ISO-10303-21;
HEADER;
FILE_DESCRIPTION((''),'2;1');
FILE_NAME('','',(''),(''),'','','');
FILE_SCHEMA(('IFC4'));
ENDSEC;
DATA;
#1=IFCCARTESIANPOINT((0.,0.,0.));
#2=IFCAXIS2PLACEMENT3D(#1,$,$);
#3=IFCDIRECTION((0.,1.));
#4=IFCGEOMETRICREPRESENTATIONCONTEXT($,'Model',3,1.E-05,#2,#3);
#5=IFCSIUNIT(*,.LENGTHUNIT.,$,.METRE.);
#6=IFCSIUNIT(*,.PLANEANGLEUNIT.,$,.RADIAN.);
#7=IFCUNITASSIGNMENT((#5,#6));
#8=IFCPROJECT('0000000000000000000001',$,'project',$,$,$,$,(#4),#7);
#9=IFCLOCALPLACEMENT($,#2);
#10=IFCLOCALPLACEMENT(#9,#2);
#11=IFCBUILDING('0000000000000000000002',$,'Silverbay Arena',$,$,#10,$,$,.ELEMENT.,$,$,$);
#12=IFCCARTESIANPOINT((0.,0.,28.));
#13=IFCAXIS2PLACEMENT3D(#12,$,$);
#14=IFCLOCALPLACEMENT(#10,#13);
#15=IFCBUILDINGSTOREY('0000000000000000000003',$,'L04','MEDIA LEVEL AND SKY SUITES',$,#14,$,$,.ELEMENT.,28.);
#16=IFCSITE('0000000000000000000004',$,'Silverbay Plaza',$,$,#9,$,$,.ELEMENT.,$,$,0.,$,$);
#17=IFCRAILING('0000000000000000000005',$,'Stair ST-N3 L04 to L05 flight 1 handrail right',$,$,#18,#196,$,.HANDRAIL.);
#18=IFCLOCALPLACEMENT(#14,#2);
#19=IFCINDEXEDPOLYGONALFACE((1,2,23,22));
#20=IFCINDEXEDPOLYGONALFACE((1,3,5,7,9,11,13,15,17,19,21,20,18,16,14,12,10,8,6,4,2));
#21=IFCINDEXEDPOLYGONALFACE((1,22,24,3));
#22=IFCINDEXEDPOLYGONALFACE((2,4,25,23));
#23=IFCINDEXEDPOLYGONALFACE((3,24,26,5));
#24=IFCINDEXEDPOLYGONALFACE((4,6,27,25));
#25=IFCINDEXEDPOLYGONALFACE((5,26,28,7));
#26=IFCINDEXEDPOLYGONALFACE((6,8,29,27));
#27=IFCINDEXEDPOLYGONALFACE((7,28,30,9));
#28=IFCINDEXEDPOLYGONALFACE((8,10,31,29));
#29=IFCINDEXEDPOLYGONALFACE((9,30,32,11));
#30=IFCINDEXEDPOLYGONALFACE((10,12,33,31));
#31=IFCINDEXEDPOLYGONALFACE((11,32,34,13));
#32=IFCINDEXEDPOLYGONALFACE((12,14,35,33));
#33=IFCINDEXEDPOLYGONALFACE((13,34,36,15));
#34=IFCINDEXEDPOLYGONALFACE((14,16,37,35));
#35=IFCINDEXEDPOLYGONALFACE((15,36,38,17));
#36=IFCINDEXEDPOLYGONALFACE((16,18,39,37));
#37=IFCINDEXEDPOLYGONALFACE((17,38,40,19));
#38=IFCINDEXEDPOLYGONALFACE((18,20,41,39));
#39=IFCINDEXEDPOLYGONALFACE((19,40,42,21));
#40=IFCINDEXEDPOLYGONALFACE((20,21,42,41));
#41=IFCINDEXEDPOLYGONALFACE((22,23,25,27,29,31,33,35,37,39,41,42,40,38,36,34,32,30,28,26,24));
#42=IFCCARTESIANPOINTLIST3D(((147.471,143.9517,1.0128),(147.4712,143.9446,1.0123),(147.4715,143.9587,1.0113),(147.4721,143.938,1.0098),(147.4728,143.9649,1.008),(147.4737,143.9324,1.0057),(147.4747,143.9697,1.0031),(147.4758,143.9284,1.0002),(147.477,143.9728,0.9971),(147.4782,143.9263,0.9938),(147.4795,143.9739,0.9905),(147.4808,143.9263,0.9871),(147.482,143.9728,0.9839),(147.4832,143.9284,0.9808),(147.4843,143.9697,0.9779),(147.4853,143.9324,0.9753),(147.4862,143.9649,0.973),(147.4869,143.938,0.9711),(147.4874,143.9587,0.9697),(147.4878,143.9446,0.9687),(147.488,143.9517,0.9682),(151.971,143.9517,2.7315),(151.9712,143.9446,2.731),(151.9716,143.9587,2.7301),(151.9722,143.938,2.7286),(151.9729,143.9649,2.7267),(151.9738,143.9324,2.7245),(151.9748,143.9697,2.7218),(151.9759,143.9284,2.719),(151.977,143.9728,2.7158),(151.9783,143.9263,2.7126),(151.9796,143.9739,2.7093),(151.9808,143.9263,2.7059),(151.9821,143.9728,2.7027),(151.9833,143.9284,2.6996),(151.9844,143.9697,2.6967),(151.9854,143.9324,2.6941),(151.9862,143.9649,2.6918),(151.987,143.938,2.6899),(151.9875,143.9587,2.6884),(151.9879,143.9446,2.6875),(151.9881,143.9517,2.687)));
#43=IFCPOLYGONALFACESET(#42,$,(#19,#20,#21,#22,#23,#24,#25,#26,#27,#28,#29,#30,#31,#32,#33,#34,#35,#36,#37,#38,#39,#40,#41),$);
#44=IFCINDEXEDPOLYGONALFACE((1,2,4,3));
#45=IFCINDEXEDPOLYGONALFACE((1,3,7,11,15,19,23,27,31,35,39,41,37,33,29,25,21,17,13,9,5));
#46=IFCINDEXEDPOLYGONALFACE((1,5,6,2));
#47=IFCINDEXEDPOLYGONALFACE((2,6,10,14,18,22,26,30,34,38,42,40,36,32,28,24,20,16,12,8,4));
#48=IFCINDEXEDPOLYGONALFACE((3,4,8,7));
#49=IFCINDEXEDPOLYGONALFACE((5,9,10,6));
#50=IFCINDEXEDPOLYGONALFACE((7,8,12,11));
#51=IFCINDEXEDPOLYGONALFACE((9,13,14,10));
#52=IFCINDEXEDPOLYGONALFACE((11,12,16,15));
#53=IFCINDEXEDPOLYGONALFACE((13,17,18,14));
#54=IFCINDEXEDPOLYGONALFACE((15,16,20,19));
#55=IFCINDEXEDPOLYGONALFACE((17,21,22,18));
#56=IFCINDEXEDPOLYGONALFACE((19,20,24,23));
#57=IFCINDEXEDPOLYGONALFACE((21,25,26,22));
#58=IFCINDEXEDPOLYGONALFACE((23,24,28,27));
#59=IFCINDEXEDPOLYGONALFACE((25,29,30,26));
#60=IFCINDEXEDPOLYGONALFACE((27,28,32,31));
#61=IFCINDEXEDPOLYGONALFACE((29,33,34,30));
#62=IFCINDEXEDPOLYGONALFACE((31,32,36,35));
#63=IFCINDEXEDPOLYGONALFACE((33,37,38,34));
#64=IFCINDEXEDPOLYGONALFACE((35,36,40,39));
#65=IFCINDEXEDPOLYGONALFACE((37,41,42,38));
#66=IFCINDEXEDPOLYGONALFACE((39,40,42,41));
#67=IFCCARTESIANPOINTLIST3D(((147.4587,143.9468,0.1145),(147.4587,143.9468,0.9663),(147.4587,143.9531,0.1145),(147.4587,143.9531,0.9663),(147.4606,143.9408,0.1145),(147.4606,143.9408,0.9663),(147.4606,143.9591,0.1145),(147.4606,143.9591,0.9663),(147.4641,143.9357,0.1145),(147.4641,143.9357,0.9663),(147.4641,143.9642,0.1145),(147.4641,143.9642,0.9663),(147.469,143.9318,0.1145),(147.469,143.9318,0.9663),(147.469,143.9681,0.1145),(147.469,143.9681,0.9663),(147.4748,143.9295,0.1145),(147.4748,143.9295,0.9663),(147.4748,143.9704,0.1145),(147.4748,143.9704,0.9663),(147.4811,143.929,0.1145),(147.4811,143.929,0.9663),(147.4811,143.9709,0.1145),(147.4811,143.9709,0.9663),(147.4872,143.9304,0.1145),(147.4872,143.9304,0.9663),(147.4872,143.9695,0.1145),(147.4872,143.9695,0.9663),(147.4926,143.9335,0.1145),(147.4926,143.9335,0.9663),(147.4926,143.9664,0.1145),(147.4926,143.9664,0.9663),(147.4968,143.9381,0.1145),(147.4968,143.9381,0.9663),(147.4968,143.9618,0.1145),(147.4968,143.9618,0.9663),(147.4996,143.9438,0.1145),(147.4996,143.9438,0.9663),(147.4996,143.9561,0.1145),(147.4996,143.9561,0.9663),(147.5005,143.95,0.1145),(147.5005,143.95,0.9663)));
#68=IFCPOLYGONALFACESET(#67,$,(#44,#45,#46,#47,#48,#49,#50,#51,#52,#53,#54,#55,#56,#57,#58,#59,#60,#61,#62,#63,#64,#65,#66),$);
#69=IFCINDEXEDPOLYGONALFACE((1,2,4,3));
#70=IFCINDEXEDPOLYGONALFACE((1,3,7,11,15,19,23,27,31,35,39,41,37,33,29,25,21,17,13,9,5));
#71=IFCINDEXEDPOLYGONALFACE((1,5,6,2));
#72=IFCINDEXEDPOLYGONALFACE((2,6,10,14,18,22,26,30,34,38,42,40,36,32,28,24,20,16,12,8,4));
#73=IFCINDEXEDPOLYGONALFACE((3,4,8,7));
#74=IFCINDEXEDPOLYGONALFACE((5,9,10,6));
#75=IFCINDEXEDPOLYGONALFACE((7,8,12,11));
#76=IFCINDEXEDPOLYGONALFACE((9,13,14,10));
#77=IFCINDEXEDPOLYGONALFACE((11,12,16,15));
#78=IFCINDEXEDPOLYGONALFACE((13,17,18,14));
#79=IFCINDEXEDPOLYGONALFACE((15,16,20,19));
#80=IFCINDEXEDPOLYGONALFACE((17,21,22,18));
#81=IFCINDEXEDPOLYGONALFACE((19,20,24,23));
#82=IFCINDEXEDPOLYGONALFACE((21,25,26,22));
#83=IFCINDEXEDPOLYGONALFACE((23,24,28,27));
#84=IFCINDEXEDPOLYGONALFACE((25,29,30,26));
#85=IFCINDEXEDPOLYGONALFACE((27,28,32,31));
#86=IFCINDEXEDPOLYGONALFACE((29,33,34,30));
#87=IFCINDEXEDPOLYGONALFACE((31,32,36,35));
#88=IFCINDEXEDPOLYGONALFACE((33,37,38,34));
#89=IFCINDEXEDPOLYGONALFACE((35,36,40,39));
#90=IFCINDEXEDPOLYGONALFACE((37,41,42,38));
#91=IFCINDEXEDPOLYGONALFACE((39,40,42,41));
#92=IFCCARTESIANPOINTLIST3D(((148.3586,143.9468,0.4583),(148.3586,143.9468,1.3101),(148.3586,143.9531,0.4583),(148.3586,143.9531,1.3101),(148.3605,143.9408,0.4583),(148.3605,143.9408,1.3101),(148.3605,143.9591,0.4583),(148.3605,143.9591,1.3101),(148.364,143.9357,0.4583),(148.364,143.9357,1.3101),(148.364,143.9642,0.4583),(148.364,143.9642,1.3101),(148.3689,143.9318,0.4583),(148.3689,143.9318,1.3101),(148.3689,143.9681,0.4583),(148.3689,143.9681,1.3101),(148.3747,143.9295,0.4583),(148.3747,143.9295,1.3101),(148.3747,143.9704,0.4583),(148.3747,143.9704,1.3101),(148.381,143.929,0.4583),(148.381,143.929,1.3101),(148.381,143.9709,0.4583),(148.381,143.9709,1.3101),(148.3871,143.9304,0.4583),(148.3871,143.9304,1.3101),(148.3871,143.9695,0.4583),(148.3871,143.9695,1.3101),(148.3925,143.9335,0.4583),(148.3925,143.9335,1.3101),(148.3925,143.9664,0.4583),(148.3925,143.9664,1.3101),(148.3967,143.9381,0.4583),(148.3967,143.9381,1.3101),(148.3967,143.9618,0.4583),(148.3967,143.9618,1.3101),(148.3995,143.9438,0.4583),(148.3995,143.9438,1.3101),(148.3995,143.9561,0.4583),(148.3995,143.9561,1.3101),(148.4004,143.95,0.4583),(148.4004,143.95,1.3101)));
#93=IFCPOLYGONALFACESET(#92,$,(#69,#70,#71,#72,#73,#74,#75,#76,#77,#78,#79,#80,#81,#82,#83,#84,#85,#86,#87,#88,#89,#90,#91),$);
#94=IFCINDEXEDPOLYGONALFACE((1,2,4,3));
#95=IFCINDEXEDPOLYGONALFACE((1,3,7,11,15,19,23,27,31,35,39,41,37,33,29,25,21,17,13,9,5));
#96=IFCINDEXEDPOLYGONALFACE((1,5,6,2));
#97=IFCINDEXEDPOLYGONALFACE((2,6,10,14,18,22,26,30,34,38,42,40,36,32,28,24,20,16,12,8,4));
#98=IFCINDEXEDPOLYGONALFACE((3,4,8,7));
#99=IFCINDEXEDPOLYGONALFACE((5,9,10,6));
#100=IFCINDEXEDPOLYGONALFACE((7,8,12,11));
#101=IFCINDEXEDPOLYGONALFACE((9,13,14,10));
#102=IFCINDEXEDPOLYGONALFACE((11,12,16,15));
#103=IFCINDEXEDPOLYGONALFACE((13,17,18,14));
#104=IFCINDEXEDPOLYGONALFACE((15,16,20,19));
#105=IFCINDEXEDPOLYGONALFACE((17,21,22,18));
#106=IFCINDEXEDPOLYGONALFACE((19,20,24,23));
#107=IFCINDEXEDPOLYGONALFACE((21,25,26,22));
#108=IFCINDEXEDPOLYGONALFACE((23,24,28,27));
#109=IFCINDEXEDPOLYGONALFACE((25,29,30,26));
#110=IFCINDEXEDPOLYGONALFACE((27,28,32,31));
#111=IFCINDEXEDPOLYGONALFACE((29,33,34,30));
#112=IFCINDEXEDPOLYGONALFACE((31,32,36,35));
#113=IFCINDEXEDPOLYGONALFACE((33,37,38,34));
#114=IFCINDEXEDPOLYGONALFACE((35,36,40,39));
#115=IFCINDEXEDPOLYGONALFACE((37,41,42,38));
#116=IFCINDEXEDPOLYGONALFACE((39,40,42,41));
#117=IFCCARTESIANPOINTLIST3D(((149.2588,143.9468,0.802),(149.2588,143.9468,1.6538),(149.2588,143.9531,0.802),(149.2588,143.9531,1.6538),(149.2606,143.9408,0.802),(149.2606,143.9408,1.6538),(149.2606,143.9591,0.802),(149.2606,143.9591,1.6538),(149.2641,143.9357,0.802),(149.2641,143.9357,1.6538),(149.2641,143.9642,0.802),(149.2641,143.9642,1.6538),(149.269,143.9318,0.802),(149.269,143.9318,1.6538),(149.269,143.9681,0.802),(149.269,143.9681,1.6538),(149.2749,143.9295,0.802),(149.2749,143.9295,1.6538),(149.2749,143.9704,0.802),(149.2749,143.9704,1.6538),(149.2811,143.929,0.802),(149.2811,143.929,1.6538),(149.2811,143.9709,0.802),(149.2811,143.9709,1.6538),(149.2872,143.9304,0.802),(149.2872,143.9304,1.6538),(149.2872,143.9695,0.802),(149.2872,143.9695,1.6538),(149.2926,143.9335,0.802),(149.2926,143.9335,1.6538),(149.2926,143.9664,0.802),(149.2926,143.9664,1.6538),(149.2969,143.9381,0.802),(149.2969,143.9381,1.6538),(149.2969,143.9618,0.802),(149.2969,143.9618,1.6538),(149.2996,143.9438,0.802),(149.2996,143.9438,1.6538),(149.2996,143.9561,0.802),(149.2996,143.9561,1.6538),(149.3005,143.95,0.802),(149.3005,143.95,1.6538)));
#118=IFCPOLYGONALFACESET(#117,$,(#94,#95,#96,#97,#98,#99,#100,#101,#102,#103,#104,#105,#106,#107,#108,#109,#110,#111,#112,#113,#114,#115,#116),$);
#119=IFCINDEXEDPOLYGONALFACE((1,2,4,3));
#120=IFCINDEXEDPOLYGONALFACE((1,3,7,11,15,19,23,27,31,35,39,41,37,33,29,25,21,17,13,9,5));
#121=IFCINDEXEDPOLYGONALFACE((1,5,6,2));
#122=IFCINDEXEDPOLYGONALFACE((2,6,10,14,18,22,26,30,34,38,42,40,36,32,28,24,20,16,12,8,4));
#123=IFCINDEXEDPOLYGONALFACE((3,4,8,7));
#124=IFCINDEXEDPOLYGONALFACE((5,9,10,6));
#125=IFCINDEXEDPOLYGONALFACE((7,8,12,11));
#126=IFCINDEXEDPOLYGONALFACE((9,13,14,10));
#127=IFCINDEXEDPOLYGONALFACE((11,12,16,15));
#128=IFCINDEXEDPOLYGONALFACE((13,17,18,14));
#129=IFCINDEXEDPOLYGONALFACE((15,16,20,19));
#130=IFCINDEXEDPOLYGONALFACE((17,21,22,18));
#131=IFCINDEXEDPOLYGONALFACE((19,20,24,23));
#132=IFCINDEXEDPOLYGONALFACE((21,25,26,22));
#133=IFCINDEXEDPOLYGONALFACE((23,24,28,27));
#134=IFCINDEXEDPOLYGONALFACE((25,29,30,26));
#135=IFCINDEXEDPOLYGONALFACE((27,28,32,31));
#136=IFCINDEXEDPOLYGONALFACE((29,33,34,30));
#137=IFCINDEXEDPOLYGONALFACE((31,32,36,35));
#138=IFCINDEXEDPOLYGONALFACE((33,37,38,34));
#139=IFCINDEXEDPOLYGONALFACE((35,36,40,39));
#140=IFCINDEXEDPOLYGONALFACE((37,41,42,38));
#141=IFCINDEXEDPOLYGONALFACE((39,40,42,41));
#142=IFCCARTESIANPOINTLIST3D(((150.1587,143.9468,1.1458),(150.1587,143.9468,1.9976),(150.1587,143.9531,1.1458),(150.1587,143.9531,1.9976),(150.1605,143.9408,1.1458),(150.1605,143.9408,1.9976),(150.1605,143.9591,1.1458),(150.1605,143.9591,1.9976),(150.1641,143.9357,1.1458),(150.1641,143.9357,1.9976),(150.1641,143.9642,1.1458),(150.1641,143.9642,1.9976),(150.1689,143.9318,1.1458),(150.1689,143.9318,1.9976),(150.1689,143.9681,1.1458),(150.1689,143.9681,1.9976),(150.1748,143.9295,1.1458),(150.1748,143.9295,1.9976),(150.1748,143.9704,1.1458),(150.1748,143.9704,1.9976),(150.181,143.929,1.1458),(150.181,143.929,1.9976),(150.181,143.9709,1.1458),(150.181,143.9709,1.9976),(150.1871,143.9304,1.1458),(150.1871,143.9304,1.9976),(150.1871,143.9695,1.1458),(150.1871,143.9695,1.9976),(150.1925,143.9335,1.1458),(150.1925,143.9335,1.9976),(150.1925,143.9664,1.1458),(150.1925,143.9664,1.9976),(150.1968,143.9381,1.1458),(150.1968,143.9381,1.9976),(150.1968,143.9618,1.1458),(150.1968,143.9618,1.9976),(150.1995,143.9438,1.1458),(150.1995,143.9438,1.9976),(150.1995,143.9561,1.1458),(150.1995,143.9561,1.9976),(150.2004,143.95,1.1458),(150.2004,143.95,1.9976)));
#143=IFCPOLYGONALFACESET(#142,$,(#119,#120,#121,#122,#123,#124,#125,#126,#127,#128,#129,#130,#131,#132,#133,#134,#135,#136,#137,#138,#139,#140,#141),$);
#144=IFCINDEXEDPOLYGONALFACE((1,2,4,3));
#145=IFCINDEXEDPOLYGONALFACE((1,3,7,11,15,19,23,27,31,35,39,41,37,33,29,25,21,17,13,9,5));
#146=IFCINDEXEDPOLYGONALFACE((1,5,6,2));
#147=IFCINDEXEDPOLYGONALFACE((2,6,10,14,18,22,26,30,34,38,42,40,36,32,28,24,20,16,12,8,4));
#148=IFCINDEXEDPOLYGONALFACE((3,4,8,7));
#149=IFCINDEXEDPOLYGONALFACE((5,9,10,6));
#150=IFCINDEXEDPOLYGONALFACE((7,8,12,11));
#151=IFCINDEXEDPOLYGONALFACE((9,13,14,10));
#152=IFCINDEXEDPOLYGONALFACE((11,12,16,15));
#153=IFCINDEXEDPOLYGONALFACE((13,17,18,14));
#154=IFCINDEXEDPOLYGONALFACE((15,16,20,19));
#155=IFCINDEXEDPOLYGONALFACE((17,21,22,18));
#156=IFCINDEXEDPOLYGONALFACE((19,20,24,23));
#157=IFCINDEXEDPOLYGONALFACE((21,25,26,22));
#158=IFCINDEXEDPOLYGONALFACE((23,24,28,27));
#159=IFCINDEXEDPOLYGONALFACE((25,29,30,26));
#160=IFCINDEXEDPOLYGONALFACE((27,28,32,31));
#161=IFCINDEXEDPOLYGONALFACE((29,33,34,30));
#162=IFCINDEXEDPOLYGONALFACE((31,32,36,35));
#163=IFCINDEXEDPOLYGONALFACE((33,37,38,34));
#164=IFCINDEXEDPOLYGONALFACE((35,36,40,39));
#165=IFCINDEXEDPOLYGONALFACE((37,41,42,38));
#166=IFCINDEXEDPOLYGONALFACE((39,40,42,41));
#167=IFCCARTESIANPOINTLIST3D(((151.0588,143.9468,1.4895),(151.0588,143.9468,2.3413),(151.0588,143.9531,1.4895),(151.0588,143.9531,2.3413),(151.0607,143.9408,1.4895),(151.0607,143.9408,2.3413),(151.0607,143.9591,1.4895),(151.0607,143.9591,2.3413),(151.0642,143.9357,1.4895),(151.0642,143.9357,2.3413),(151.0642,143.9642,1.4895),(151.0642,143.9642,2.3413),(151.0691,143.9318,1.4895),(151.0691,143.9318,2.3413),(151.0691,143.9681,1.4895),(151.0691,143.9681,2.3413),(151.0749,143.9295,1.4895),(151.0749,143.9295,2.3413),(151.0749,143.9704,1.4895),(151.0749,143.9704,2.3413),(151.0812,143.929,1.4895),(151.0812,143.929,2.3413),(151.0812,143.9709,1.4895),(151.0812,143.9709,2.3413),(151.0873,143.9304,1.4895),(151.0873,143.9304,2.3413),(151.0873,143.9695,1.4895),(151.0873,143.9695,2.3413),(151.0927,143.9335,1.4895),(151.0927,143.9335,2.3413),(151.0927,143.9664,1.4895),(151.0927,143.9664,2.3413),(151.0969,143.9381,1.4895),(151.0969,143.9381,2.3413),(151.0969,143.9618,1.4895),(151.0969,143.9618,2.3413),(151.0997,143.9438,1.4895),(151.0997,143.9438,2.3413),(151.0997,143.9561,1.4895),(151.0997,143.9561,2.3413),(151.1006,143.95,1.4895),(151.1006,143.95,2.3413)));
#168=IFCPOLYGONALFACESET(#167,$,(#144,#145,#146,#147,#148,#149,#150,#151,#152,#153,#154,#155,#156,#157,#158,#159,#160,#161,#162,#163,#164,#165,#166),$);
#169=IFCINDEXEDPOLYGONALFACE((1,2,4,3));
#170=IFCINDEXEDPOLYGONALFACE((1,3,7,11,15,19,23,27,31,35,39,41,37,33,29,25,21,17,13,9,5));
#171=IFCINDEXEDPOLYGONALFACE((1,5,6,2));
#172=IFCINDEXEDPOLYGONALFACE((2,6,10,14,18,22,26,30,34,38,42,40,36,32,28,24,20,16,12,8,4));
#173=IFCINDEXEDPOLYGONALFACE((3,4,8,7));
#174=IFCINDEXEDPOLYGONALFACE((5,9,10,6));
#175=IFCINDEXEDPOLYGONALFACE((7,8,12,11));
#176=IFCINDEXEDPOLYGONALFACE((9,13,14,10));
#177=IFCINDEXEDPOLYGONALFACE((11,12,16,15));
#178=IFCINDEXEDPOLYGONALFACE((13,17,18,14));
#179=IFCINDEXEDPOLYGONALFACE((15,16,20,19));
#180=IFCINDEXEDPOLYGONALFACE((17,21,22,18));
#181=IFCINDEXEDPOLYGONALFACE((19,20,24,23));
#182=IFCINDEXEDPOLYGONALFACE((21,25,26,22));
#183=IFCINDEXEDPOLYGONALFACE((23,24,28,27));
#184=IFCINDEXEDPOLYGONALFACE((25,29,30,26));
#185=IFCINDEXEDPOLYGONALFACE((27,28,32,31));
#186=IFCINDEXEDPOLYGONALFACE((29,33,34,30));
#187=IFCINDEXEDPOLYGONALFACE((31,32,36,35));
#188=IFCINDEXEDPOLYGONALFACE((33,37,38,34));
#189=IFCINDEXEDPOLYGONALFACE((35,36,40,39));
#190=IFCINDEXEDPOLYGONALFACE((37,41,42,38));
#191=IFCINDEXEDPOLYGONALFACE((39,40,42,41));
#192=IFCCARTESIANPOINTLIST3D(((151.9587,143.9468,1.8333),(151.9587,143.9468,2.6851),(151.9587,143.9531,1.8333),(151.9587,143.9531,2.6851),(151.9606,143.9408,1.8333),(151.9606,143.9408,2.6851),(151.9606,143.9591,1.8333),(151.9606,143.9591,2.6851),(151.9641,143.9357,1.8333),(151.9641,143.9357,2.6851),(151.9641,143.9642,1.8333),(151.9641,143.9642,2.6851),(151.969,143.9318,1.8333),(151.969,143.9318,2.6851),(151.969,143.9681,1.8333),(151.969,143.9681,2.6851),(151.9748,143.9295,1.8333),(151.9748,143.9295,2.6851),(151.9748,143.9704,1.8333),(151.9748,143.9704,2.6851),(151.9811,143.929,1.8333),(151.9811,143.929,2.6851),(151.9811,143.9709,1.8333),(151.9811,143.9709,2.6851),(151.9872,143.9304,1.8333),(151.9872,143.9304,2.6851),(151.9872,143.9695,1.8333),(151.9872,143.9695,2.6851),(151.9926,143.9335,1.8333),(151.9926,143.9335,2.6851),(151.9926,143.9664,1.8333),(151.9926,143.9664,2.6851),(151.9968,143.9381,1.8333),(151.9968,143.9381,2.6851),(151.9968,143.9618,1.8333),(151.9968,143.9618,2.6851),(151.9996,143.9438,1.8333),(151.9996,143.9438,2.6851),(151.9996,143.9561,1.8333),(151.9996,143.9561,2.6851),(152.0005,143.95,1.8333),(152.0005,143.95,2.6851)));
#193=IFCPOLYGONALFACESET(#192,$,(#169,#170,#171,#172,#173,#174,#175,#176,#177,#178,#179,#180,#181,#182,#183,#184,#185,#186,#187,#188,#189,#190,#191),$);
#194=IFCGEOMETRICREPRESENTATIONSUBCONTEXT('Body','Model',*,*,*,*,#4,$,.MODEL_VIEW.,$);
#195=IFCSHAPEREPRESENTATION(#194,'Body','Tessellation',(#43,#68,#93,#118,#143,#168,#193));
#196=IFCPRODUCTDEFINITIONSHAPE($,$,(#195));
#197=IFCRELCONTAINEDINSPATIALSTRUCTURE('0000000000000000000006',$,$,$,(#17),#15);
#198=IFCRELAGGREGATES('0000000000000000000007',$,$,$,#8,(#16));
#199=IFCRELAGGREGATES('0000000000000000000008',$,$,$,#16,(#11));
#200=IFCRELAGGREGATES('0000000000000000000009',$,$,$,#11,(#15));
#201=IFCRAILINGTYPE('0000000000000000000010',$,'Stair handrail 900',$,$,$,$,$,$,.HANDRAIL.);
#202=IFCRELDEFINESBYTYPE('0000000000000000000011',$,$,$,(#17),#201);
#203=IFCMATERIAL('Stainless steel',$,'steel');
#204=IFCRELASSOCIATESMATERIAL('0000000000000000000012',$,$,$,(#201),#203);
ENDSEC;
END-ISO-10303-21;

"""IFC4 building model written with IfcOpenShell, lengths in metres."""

from ifc_helpers import new_model, si_unit, direction, frame, origin, origin_2d, place, context, subcontext, project, spatial, circle, extrude, material, type_object, element, save


model = new_model("IFC4")

# Units and contexts
model_context = context("Model", 3, precision=1e-05, world=origin(), true_north=direction((0.0, 1.0)))
body_context = subcontext(model_context, "Body", "Model", "MODEL_VIEW")
ifc_project = project(units=[si_unit("LENGTHUNIT", "METRE"), si_unit("PLANEANGLEUNIT", "RADIAN")], contexts=[model_context])

# Site, building, storey
site_placement = place(None, origin())
site = spatial("IfcSite", under=ifc_project, at=site_placement, Name="Silverbay Plaza", CompositionType="ELEMENT", RefElevation=0.0)
building_placement = place(site_placement, origin())
building = spatial("IfcBuilding", under=site, at=building_placement, Name="Silverbay Arena", CompositionType="ELEMENT")
storey_placement = place(building_placement, frame((0.0, 0.0, 28.0)))
storey = spatial("IfcBuildingStorey", under=building, at=storey_placement, Name="L04", Description="MEDIA LEVEL AND SKY SUITES", CompositionType="ELEMENT", Elevation=28.0)

# Railing
ifc_material_1 = material(Name="Stainless steel", Category="steel")
railing_type_1 = type_object("IfcRailingType", Name="Stair handrail 900", PredefinedType="HANDRAIL", material=ifc_material_1)
for number, where, name in (
    (1, (147.4795, 143.95, 0.1145), "Stair ST-N3 L04 to L05 flight 1 handrail right"),
):
    element("IfcRailing", number, at=place(storey_placement, frame(where)), inside=storey, type_object=railing_type_1, Name=name, PredefinedType="HANDRAIL", context=body_context, shape_type="SweptSolid", body=[
        extrude(circle(Radius=0.0239, at=origin_2d()), frame((0.0, 0.0, 0.876), z_axis=(0.934179, 0.0, 0.356805), x_axis=(0.0, 1.0, 0.0)), (0.0, 0.0, 1.0), 4.8171),
        extrude(circle(Radius=0.021, at=origin_2d()), origin(), (0.0, 0.0, 1.0), 0.8518),
        extrude(circle(Radius=0.021, at=origin_2d()), frame((0.8999, 0.0, 0.3438)), (0.0, 0.0, 1.0), 0.8518),
        extrude(circle(Radius=0.021, at=origin_2d()), frame((1.8, 0.0, 0.6875)), (0.0, 0.0, 1.0), 0.8518),
        extrude(circle(Radius=0.021, at=origin_2d()), frame((2.7, 0.0, 1.0312)), (0.0, 0.0, 1.0), 0.8518),
        extrude(circle(Radius=0.021, at=origin_2d()), frame((3.6001, 0.0, 1.375)), (0.0, 0.0, 1.0), 0.8518),
        extrude(circle(Radius=0.021, at=origin_2d()), frame((4.5, 0.0, 1.7188)), (0.0, 0.0, 1.0), 0.8518),
    ])

save(model, "model.ifc")
